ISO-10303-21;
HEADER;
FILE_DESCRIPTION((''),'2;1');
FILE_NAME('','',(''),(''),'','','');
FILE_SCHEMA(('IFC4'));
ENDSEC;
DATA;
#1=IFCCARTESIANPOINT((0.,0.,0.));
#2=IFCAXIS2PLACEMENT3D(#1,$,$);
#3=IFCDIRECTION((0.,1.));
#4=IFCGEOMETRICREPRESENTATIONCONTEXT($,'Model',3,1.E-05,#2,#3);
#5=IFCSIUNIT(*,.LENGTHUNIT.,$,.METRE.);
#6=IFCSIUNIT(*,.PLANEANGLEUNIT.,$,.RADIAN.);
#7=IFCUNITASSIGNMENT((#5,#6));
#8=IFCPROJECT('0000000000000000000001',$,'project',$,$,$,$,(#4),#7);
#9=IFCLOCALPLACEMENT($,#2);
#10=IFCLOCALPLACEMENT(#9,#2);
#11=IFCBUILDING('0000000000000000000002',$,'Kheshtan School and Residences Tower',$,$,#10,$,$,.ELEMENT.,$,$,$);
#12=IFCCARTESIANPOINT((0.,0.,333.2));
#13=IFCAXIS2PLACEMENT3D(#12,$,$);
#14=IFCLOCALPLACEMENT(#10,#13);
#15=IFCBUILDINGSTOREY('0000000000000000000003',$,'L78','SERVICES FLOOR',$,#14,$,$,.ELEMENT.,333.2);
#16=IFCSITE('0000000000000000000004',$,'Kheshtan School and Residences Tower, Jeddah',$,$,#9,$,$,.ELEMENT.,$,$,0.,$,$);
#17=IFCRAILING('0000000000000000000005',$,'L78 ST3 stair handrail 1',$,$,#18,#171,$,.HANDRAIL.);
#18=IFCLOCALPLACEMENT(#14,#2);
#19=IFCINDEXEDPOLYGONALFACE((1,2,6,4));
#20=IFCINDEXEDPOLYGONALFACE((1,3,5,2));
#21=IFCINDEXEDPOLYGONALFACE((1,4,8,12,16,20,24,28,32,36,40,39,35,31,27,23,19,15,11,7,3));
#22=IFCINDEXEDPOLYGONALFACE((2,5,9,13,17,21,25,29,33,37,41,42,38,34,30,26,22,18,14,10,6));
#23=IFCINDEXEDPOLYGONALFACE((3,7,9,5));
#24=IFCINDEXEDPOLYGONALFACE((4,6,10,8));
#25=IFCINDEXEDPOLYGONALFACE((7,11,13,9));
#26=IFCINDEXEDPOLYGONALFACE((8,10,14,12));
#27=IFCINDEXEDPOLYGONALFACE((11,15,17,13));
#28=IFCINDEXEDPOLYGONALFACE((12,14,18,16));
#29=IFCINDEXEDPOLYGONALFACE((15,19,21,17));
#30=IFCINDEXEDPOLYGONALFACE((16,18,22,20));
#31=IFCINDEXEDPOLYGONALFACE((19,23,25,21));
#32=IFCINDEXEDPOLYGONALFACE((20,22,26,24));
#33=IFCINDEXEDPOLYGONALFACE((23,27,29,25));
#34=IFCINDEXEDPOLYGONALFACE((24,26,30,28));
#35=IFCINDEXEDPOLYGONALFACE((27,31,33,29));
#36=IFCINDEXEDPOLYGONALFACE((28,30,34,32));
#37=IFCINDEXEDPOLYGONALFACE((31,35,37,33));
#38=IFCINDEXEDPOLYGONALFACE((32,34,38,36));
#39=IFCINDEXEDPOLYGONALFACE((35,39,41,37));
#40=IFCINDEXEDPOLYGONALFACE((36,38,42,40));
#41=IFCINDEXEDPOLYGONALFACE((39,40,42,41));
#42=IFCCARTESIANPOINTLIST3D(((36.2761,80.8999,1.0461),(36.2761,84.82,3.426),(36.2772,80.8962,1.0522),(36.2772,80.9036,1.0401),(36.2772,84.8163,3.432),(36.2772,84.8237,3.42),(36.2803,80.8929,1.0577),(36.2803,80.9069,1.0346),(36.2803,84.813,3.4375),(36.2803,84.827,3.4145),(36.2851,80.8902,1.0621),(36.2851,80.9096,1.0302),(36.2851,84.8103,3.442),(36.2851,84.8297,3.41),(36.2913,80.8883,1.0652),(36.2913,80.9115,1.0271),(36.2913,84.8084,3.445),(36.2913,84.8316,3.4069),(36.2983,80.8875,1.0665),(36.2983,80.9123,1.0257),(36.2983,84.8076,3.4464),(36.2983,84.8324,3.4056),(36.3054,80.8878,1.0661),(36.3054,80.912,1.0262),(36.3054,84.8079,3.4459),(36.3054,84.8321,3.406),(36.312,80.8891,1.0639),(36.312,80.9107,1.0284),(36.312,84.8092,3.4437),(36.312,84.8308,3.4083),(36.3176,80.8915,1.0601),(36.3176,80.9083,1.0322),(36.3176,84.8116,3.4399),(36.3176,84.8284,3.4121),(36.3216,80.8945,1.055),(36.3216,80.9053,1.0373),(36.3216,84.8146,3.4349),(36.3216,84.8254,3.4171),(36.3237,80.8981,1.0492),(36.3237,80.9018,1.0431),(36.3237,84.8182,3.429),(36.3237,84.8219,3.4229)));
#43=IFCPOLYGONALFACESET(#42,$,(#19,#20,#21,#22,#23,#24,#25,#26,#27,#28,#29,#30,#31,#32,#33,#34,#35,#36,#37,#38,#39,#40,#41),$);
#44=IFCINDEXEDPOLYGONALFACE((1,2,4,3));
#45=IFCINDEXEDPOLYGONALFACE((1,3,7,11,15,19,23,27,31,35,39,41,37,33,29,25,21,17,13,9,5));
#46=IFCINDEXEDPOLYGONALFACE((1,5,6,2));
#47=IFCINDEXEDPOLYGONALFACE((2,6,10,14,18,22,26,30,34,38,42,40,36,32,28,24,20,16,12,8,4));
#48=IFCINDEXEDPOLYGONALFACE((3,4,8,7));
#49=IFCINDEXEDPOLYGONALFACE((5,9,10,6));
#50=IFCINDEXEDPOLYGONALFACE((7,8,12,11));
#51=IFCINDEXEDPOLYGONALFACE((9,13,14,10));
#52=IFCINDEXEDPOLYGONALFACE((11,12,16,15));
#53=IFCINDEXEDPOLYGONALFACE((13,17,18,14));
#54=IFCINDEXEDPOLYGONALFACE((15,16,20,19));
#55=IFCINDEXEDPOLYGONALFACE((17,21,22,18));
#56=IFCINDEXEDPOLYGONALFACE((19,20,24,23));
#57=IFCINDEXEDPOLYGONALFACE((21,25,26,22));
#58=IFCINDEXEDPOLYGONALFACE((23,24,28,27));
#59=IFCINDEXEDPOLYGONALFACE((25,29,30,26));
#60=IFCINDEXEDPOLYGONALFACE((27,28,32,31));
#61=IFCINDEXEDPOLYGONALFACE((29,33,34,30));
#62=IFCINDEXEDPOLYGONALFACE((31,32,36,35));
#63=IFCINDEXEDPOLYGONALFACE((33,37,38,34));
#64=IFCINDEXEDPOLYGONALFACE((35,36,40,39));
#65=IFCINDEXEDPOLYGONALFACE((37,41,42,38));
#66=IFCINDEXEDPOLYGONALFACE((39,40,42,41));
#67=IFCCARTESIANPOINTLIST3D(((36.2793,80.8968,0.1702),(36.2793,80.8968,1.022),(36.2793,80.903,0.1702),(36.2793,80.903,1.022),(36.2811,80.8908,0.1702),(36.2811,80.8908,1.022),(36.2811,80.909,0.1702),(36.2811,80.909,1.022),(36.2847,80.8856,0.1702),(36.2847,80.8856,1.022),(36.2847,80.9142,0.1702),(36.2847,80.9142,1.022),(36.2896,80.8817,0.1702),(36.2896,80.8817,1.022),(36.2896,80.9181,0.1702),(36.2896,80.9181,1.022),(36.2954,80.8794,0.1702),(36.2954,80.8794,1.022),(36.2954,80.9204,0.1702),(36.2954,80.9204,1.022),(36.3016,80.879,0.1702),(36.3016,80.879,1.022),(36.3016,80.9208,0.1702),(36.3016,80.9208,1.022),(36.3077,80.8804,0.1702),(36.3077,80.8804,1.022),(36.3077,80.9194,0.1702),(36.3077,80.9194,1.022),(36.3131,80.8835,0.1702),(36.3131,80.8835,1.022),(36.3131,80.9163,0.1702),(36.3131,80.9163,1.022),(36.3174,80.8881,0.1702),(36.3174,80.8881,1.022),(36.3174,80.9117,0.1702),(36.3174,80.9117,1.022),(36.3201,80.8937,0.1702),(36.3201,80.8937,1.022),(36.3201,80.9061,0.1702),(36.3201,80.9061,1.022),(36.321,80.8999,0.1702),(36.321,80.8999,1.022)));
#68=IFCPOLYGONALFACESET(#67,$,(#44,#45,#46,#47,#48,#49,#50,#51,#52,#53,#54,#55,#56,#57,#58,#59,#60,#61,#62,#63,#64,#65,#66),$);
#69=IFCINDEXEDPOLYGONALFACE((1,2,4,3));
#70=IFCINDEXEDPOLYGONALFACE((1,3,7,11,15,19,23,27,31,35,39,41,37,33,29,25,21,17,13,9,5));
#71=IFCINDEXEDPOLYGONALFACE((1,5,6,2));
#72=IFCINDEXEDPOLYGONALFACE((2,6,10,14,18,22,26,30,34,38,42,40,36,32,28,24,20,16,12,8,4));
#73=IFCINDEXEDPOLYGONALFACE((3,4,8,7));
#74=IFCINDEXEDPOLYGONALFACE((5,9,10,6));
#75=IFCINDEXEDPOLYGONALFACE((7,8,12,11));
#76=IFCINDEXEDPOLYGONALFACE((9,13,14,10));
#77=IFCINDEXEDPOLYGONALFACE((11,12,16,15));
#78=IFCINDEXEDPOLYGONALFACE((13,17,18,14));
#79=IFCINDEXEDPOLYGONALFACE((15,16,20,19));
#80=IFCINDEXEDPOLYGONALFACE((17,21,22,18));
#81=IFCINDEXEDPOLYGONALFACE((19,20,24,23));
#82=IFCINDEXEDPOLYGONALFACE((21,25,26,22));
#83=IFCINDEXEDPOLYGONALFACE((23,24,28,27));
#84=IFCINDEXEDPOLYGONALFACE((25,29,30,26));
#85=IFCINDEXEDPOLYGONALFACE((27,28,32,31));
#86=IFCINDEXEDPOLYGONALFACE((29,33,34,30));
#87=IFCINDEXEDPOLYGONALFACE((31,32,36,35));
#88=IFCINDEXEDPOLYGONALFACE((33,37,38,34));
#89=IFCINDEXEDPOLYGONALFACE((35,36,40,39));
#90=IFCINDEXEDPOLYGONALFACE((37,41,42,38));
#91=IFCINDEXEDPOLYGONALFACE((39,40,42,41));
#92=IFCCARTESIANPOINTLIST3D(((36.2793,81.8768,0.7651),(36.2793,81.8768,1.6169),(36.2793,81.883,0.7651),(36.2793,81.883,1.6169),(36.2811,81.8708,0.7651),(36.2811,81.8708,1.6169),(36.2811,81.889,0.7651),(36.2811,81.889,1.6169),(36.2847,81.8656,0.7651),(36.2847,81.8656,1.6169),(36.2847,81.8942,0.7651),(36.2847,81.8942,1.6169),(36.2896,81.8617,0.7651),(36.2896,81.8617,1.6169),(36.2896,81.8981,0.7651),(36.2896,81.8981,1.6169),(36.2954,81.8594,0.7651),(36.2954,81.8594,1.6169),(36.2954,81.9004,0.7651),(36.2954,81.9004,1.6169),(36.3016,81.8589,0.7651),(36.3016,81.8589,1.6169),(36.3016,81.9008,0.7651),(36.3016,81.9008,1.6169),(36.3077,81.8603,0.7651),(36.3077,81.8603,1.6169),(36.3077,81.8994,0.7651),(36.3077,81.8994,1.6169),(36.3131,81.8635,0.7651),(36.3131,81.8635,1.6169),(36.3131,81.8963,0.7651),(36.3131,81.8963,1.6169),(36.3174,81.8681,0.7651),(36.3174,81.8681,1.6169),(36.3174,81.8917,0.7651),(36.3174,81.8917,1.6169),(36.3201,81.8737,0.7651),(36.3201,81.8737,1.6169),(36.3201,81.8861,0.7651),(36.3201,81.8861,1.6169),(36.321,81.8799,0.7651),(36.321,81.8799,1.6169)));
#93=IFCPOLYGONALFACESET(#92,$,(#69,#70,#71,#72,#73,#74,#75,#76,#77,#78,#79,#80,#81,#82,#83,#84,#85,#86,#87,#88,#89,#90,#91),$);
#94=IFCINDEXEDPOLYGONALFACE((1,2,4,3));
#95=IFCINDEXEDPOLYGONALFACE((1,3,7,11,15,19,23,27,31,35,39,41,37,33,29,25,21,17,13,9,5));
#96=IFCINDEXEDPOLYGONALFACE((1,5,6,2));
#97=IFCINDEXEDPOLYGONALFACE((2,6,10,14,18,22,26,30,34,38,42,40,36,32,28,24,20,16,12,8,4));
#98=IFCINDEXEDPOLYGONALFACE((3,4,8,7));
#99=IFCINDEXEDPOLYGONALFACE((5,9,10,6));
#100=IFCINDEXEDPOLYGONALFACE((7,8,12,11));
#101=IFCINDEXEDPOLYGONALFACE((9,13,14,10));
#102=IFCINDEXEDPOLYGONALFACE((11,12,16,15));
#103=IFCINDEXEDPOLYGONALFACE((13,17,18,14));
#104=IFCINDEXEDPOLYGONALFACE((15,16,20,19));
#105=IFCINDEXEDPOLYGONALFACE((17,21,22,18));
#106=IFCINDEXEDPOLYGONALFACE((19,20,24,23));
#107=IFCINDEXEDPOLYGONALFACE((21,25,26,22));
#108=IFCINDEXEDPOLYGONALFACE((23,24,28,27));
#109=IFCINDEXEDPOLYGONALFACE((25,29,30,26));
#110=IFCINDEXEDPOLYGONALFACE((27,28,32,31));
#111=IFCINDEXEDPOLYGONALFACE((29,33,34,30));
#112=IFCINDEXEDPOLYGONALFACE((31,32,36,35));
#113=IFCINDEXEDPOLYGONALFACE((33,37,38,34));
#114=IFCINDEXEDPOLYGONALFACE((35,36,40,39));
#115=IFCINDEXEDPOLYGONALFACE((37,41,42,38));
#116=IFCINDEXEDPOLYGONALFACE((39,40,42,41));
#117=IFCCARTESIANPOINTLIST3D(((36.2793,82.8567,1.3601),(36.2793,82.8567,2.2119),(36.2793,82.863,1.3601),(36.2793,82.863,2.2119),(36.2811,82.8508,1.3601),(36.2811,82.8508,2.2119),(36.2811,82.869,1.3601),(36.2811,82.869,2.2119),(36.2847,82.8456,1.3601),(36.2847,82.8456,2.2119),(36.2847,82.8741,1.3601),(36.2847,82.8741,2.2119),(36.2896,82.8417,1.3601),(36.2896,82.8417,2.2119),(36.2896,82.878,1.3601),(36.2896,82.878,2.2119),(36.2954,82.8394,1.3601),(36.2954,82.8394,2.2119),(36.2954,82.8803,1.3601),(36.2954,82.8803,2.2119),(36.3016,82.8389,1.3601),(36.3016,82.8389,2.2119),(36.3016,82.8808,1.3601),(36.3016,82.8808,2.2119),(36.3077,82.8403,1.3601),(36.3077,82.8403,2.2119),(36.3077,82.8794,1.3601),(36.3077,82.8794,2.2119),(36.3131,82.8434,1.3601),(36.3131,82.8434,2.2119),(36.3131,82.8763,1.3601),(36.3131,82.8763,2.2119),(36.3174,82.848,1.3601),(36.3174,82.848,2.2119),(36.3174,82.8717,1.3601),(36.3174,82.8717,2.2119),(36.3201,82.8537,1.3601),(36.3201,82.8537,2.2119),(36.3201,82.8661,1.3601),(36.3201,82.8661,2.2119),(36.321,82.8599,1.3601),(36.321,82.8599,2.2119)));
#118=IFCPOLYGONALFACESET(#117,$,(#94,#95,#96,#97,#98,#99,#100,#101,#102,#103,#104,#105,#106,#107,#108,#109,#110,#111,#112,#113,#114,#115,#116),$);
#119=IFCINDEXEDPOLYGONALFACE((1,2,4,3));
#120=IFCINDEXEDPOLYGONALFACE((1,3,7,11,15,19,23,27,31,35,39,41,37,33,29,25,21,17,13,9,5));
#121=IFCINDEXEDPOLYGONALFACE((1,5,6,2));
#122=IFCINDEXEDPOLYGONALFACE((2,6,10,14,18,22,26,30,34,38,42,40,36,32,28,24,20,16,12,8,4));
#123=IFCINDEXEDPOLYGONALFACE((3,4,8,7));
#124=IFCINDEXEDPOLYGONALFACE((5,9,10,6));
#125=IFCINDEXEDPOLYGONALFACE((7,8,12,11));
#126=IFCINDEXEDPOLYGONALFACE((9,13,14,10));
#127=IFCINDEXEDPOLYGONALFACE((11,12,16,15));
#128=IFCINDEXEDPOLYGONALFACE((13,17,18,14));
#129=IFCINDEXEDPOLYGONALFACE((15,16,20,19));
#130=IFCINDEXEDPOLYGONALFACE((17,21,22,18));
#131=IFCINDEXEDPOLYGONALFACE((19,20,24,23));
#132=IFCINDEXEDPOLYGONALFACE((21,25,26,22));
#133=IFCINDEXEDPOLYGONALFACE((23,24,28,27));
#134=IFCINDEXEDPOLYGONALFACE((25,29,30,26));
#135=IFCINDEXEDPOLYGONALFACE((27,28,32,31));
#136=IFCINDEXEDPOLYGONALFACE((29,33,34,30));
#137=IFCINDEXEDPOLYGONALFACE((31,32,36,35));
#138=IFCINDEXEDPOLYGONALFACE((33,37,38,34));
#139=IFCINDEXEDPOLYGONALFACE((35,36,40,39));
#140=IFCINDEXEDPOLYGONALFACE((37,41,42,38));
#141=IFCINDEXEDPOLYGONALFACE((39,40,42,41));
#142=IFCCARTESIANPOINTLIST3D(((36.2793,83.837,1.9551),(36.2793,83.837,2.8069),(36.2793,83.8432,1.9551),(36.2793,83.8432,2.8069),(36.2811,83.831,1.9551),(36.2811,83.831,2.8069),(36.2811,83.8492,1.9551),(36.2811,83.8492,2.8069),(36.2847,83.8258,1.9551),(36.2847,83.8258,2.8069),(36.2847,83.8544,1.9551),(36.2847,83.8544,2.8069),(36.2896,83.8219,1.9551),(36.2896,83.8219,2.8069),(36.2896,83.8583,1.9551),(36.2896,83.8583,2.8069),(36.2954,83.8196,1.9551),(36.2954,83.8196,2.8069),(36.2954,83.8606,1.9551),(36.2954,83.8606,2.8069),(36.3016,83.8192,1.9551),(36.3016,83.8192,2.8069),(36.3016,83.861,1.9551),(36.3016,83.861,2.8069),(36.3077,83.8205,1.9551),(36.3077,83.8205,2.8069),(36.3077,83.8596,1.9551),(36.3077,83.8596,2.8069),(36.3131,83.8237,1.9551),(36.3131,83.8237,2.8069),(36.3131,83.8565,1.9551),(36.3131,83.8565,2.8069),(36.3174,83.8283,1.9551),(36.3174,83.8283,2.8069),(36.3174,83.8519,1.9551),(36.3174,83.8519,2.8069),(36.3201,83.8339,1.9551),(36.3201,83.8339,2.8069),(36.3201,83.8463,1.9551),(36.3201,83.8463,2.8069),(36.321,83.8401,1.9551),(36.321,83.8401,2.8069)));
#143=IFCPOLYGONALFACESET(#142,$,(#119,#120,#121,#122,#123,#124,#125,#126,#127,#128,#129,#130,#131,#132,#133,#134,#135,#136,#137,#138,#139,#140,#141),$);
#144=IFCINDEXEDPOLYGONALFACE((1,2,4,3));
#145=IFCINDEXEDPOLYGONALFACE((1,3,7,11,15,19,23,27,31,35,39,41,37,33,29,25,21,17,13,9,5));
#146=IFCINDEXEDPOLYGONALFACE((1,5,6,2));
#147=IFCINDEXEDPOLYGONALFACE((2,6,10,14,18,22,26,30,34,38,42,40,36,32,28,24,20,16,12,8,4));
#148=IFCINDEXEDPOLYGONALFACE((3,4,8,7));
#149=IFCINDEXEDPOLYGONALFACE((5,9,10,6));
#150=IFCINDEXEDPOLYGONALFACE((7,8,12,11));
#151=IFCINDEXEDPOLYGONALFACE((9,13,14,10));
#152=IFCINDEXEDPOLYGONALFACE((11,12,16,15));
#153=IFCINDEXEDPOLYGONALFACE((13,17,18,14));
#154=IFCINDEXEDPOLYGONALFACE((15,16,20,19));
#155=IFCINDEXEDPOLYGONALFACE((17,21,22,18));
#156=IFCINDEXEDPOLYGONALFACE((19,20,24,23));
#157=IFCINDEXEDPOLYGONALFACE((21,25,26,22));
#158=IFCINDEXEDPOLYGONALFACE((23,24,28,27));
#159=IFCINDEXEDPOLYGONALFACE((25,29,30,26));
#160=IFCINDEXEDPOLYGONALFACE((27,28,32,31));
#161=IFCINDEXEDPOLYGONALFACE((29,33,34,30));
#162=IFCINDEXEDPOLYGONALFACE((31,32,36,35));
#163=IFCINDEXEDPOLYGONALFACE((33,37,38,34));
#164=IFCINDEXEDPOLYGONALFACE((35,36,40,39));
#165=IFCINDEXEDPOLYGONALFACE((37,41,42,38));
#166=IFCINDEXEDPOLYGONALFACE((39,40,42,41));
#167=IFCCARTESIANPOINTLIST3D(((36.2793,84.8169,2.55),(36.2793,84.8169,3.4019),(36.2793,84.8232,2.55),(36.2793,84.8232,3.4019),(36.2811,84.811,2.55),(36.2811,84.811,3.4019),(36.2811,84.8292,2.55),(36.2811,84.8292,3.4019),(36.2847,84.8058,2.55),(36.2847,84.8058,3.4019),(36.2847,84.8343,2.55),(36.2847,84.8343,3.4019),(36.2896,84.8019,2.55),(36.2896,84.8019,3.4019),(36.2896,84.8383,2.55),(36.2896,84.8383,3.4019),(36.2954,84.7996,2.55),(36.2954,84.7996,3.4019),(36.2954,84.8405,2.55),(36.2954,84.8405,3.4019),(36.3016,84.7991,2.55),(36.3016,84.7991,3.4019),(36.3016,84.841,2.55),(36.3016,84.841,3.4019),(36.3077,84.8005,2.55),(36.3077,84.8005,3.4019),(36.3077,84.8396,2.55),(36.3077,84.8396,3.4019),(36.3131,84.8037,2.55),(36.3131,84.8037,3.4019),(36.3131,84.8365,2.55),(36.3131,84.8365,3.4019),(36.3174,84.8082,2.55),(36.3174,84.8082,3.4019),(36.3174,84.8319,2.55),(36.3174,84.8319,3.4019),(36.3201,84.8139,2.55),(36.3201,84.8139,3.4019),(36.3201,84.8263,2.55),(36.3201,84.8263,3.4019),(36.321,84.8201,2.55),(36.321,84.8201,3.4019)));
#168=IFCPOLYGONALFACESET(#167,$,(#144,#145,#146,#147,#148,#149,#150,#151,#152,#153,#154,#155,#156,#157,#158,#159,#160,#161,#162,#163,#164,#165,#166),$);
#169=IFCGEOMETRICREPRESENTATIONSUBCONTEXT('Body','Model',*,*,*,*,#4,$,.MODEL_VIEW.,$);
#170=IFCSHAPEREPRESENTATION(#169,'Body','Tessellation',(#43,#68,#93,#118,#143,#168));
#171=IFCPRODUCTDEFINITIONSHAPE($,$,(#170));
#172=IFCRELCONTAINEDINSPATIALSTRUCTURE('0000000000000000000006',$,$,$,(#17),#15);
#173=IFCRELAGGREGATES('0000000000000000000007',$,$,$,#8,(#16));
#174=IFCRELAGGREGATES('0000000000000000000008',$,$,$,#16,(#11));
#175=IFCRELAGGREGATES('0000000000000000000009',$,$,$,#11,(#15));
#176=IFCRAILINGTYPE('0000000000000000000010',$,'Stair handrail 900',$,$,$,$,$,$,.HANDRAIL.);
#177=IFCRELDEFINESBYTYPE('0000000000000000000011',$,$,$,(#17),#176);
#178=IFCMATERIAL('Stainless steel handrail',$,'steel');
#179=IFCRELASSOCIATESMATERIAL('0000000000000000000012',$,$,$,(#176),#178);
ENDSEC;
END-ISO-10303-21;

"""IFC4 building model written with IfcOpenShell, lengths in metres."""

from ifc_helpers import new_model, si_unit, direction, frame, origin, origin_2d, place, context, subcontext, project, spatial, circle, extrude, material, type_object, element, save


model = new_model("IFC4")

# Units and contexts
model_context = context("Model", 3, precision=1e-05, world=origin(), true_north=direction((0.0, 1.0)))
body_context = subcontext(model_context, "Body", "Model", "MODEL_VIEW")
ifc_project = project(units=[si_unit("LENGTHUNIT", "METRE"), si_unit("PLANEANGLEUNIT", "RADIAN")], contexts=[model_context])

# Site, building, storey
site_placement = place(None, origin())
site = spatial("IfcSite", under=ifc_project, at=site_placement, Name="Kheshtan School and Residences Tower, Jeddah", CompositionType="ELEMENT", RefElevation=0.0)
building_placement = place(site_placement, origin())
building = spatial("IfcBuilding", under=site, at=building_placement, Name="Kheshtan School and Residences Tower", CompositionType="ELEMENT")
storey_placement = place(building_placement, frame((0.0, 0.0, 333.2)))
storey = spatial("IfcBuildingStorey", under=building, at=storey_placement, Name="L78", Description="SERVICES FLOOR", CompositionType="ELEMENT", Elevation=333.2)

# Railing
ifc_material_1 = material(Name="Stainless steel handrail", Category="steel")
railing_type_1 = type_object("IfcRailingType", Name="Stair handrail 900", PredefinedType="HANDRAIL", material=ifc_material_1)
railing_1_placement = place(storey_placement, frame((36.3, 80.8999, 0.1702)))
element("IfcRailing", 1, at=railing_1_placement, inside=storey, type_object=railing_type_1, Name="L78 ST3 stair handrail 1", PredefinedType="HANDRAIL", context=body_context, shape_type="SweptSolid", body=[
    extrude(circle(Radius=0.0239, at=origin_2d()), frame((0.0, 0.0, 0.876), z_axis=(0.0, 0.854809, 0.518943), x_axis=(-1.0, 0.0, 0.0)), (0.0, 0.0, 1.0), 4.5859),
    extrude(circle(Radius=0.021, at=origin_2d()), origin(), (0.0, 0.0, 1.0), 0.8518),
    extrude(circle(Radius=0.021, at=origin_2d()), frame((0.0, 0.98, 0.595)), (0.0, 0.0, 1.0), 0.8518),
    extrude(circle(Radius=0.021, at=origin_2d()), frame((0.0, 1.96, 1.1899)), (0.0, 0.0, 1.0), 0.8518),
    extrude(circle(Radius=0.021, at=origin_2d()), frame((0.0, 2.9402, 1.7849)), (0.0, 0.0, 1.0), 0.8518),
    extrude(circle(Radius=0.021, at=origin_2d()), frame((0.0, 3.9202, 2.3799)), (0.0, 0.0, 1.0), 0.8518),
])

save(model, "model.ifc")
